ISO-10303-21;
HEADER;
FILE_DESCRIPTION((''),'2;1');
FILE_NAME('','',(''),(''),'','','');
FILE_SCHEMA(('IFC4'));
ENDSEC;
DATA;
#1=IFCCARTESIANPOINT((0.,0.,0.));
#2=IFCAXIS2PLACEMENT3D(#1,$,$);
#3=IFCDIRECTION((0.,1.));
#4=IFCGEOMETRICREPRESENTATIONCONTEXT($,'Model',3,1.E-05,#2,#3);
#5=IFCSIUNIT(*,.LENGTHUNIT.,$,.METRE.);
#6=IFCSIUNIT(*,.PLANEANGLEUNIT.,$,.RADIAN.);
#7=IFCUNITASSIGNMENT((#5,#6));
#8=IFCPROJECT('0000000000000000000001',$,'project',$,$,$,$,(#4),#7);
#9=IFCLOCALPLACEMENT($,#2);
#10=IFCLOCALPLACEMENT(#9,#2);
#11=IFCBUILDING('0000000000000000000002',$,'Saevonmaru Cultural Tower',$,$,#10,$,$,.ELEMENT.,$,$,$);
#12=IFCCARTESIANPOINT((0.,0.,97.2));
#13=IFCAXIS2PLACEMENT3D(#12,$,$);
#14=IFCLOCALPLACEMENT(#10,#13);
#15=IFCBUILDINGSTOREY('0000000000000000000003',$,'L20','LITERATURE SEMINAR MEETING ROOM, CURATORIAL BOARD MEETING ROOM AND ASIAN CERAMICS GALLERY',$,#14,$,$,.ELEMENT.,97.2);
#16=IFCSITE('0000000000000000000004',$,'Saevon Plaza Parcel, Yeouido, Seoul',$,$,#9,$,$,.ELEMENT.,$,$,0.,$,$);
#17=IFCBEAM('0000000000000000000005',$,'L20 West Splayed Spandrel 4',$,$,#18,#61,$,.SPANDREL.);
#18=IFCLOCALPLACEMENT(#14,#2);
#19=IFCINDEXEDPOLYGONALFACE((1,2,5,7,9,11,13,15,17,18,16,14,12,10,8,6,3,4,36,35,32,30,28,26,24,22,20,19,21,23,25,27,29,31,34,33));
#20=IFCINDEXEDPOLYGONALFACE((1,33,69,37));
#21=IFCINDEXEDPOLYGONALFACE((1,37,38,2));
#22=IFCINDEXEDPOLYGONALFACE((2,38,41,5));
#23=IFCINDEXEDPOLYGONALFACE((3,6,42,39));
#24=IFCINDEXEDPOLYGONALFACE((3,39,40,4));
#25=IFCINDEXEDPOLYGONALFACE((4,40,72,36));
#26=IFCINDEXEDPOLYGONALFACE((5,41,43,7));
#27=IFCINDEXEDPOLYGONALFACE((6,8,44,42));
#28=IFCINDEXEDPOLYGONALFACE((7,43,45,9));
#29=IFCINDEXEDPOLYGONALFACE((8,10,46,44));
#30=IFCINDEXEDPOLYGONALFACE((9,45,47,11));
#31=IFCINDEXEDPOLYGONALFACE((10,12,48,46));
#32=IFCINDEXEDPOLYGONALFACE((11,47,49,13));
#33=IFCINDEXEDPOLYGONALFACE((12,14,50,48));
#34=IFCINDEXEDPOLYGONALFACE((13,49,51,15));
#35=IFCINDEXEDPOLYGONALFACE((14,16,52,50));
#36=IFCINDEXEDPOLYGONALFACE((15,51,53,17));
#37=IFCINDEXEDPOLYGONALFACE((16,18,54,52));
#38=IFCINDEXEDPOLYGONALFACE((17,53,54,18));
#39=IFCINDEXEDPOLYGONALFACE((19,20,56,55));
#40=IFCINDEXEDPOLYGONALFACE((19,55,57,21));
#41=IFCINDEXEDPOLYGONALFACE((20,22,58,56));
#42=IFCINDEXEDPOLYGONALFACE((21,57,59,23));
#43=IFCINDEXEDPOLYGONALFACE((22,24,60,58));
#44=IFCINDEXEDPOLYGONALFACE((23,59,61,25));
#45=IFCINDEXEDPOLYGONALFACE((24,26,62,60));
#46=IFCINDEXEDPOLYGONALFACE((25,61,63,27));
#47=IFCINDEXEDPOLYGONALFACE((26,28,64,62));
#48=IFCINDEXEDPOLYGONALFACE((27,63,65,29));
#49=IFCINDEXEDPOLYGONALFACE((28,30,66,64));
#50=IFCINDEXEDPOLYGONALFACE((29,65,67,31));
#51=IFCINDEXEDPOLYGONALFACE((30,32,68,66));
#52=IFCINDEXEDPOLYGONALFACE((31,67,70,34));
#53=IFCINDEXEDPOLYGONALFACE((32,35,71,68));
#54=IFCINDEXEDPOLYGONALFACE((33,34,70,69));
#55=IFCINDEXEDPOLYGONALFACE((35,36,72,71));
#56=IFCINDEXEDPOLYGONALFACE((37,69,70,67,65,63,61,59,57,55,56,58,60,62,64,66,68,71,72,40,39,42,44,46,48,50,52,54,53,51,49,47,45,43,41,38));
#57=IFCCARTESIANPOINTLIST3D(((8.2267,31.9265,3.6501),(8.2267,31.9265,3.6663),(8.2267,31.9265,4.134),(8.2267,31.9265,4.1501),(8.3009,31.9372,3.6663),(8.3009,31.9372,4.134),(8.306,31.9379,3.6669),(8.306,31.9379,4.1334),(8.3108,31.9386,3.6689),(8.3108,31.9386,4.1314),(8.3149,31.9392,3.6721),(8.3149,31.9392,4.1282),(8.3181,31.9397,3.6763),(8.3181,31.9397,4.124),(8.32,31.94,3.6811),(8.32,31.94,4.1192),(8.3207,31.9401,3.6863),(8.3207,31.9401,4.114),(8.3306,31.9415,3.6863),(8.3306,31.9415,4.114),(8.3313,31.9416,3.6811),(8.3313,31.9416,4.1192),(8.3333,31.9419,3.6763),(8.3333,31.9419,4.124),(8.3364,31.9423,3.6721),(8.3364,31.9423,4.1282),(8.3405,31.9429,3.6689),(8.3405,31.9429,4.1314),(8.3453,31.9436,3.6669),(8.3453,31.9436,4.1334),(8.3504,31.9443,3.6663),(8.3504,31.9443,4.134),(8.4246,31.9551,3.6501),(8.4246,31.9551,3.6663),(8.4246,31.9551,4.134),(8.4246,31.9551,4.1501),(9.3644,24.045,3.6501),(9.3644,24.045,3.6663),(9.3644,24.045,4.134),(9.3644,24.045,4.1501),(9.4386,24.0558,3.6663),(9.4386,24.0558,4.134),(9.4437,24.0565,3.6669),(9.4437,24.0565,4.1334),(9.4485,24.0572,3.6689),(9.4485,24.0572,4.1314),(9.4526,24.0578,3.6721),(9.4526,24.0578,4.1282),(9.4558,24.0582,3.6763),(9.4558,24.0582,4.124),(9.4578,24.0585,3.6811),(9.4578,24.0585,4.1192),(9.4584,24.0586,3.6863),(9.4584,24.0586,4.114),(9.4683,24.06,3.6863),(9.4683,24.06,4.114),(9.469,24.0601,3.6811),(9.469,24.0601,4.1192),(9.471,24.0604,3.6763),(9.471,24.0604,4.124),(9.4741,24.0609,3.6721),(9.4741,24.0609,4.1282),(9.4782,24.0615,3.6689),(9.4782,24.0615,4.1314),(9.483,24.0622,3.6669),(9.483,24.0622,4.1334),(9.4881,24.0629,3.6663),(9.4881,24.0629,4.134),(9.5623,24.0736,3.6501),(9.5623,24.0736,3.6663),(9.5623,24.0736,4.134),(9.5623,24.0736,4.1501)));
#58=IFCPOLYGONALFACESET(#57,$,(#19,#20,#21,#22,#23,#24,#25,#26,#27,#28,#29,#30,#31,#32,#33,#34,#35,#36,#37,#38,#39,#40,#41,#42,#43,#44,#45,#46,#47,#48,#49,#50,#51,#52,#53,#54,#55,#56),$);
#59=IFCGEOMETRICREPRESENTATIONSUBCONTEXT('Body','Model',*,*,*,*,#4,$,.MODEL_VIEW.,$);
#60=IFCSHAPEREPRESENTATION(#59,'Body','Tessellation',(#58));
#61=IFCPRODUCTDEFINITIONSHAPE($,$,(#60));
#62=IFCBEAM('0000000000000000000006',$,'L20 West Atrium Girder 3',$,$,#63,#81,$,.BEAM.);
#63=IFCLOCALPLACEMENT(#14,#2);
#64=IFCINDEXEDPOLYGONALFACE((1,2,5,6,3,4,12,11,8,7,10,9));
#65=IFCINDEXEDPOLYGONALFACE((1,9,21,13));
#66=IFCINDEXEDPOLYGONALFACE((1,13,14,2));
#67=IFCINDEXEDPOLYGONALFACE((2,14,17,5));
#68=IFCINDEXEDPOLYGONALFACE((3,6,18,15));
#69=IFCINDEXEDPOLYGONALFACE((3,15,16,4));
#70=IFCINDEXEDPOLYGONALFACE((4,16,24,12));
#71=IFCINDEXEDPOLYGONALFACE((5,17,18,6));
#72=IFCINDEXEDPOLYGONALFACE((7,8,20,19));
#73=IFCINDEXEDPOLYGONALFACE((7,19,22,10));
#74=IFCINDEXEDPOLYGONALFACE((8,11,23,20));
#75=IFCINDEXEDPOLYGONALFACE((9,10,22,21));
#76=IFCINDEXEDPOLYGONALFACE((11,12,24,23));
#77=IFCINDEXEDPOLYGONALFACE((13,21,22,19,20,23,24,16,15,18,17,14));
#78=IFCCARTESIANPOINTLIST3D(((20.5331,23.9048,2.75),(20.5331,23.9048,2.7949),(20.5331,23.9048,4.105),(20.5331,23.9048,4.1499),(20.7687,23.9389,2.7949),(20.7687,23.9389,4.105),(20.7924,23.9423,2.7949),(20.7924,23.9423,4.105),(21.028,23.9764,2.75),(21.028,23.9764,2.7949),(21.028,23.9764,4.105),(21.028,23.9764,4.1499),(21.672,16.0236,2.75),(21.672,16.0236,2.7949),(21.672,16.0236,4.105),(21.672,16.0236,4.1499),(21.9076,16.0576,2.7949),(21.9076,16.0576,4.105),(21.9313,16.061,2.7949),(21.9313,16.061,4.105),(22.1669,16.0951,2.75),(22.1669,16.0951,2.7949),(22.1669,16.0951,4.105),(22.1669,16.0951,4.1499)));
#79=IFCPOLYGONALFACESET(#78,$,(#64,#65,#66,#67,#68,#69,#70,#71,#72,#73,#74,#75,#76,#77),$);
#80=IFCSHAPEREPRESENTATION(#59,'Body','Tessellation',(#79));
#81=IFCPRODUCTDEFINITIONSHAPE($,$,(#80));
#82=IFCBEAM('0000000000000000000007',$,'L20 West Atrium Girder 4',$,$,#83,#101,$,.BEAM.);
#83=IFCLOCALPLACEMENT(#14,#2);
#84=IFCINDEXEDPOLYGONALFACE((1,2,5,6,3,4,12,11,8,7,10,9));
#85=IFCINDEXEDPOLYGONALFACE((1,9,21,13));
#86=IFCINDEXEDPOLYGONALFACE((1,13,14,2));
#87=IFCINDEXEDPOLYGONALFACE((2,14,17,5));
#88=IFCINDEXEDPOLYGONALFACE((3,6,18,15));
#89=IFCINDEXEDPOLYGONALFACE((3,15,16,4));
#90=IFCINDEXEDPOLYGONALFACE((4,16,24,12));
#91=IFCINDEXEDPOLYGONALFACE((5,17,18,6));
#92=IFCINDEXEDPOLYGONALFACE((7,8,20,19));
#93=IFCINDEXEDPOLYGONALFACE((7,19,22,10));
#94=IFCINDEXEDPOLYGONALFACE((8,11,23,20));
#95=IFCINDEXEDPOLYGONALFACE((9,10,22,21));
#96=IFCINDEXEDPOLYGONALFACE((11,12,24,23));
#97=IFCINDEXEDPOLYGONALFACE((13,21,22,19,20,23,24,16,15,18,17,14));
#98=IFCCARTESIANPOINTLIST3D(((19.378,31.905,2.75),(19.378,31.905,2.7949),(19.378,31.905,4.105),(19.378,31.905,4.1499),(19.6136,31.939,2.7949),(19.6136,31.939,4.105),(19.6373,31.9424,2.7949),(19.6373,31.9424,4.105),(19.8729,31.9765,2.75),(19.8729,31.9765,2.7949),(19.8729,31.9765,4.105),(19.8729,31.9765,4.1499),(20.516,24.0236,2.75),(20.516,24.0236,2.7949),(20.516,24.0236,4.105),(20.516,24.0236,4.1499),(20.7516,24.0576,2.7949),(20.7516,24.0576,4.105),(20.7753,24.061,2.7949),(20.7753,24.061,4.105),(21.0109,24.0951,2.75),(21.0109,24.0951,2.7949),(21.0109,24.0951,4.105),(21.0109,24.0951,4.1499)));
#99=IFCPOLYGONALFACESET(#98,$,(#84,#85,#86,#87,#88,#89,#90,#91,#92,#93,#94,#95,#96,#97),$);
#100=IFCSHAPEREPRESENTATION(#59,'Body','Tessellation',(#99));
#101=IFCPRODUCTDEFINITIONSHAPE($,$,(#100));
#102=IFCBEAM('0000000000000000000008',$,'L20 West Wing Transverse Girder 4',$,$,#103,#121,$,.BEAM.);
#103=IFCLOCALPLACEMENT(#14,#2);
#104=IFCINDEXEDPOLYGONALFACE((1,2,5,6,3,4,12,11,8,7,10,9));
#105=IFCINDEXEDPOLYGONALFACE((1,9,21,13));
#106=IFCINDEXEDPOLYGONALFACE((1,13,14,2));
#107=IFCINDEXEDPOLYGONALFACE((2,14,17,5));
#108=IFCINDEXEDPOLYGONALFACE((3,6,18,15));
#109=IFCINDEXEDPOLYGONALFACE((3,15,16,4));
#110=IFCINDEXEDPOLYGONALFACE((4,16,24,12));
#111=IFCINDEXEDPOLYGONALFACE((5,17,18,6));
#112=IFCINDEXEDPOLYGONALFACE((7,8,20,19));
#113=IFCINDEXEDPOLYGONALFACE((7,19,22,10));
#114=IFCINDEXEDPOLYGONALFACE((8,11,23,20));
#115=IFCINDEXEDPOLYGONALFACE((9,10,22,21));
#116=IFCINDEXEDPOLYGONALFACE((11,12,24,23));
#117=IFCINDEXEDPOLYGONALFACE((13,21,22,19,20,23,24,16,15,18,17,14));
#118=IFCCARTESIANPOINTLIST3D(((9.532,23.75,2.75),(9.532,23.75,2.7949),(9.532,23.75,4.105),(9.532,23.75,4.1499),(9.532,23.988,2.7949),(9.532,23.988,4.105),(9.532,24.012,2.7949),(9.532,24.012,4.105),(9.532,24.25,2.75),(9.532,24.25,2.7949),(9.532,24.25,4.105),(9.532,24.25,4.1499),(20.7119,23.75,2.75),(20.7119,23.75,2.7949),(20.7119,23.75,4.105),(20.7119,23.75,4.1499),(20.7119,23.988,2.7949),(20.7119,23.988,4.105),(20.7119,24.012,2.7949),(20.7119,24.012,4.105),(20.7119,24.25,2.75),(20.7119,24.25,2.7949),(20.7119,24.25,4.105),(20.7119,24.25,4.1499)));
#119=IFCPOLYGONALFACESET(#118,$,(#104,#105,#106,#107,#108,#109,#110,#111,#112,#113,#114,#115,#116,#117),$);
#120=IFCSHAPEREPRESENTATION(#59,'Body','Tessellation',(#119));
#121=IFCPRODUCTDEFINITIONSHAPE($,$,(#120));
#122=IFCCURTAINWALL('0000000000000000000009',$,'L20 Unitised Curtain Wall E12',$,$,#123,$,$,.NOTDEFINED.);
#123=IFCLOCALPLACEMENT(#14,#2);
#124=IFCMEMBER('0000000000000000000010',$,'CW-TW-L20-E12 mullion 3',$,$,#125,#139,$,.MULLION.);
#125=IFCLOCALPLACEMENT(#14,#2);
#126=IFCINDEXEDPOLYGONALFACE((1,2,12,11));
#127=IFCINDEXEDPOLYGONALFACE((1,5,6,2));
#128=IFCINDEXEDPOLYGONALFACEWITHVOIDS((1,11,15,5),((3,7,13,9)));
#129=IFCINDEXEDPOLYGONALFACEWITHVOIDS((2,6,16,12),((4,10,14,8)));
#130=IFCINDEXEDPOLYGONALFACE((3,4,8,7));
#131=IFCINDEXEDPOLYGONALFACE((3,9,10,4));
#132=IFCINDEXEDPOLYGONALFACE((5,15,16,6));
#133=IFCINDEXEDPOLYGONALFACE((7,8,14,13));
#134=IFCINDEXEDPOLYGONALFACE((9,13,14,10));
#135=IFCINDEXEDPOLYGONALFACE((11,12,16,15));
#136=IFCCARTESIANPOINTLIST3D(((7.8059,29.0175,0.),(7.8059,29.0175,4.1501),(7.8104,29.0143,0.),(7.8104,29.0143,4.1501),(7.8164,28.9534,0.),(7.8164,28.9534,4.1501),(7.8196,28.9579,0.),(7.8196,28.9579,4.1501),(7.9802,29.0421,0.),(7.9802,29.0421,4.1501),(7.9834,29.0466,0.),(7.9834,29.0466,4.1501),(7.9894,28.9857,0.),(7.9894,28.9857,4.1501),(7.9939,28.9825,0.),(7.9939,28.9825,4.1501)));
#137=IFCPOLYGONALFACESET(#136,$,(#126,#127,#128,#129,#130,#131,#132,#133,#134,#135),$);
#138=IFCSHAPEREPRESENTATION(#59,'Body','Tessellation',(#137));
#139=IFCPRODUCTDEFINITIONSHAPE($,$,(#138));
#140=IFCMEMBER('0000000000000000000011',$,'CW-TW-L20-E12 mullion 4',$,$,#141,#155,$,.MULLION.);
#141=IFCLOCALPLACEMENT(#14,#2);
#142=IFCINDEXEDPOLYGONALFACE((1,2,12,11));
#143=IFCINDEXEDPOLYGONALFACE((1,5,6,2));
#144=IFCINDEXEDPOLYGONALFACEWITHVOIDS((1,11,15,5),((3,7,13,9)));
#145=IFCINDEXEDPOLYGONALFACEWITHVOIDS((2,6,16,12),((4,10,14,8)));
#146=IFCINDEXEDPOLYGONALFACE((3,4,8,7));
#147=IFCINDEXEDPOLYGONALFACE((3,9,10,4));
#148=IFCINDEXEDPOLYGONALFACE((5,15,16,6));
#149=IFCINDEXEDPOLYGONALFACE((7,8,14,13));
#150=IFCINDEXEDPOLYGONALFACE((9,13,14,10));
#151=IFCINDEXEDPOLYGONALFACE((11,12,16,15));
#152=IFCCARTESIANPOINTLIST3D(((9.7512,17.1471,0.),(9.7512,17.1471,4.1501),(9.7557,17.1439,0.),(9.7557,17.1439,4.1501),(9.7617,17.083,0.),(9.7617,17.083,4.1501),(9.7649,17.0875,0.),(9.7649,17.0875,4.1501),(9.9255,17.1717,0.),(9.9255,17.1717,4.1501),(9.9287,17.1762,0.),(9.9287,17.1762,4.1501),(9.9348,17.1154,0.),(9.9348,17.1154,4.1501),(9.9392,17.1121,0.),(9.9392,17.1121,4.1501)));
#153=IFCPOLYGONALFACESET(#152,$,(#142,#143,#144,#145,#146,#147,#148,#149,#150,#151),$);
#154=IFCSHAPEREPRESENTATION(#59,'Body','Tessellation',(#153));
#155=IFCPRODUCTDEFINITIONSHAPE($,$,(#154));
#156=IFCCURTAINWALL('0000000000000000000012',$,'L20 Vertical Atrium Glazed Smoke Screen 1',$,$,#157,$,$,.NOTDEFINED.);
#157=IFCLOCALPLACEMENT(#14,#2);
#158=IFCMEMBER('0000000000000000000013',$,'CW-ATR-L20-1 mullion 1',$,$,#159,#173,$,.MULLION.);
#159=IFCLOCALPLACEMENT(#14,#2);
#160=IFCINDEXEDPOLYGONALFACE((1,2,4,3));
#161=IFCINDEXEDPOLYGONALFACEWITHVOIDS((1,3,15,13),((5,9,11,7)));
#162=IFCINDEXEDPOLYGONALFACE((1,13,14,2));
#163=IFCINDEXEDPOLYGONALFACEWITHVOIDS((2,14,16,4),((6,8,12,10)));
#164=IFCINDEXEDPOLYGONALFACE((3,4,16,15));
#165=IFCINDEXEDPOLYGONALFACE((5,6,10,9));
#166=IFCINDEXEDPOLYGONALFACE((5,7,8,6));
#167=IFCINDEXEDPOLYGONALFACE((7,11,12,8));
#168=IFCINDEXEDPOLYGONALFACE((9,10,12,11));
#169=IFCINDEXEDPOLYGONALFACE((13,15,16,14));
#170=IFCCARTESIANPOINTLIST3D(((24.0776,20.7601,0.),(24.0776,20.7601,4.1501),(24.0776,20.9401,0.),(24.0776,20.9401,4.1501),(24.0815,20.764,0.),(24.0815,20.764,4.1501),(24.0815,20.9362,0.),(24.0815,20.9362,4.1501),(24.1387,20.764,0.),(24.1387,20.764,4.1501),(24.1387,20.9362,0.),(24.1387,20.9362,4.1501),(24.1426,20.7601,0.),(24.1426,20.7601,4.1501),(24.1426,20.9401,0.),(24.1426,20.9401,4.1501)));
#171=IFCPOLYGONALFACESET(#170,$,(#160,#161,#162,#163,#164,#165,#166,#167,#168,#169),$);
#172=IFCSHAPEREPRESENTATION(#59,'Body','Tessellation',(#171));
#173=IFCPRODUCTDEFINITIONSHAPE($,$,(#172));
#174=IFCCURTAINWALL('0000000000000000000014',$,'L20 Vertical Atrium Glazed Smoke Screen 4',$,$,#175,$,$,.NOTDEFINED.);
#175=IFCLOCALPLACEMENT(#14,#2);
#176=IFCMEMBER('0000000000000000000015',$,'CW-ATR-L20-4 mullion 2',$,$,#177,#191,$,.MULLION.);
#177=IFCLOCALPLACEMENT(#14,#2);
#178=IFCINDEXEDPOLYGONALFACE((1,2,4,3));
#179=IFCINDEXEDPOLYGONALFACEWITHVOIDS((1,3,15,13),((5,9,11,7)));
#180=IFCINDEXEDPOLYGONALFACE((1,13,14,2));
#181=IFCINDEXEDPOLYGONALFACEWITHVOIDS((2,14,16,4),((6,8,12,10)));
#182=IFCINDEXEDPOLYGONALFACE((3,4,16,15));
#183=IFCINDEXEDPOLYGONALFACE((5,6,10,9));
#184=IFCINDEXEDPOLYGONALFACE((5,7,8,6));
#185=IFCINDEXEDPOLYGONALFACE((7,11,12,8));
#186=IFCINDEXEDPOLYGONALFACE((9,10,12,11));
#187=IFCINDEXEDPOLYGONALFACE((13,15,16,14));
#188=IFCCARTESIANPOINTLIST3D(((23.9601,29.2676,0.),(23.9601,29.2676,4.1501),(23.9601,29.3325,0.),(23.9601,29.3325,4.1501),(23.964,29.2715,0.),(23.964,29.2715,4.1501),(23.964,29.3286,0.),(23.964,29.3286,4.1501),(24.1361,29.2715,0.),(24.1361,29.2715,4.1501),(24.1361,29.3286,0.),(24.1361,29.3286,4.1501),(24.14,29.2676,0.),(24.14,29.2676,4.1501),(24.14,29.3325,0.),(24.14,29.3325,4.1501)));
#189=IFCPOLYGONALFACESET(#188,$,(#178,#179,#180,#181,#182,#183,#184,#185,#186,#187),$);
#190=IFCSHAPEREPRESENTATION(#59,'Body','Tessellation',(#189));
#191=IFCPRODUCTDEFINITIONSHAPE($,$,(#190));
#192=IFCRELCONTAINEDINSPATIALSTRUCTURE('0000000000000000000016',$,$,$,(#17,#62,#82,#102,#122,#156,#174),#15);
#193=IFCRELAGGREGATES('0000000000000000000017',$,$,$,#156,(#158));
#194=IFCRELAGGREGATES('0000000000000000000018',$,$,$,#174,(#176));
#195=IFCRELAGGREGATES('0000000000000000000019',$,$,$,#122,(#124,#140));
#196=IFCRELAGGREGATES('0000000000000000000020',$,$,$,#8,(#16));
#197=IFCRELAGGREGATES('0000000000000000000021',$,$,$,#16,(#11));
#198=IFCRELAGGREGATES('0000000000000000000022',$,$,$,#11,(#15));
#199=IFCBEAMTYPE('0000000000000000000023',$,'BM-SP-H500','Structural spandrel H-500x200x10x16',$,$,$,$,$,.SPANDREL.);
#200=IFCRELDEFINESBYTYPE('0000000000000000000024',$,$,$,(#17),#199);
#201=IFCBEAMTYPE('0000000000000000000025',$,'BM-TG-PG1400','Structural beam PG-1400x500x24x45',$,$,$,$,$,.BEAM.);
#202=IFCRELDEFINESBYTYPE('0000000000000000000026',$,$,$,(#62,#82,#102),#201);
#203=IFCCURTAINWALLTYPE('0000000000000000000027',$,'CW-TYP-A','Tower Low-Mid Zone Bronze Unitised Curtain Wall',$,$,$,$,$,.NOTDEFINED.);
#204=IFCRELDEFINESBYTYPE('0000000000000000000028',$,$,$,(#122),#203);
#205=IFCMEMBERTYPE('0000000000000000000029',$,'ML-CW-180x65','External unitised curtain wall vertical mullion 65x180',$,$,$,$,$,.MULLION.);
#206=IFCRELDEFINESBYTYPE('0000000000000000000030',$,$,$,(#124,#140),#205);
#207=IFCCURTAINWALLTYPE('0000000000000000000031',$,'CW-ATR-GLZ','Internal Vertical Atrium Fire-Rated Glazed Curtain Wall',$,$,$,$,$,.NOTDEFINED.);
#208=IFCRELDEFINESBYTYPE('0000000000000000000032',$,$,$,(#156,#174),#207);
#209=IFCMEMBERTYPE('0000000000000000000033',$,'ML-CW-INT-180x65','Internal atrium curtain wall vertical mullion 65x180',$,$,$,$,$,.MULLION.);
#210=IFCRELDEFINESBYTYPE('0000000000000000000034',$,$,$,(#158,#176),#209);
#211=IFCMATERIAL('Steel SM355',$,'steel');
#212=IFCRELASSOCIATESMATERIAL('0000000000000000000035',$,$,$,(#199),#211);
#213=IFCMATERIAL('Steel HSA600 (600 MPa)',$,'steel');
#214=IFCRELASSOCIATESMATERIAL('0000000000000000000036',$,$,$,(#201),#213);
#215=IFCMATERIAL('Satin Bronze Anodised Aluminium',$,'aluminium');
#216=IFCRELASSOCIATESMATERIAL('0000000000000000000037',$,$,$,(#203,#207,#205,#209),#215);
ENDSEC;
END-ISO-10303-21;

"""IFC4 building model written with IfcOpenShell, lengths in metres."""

from ifc_helpers import new_model, si_unit, direction, frame, origin, origin_2d, place, context, subcontext, project, spatial, hollow_rectangle, i_section, extrude, material, material_profile, profile_set, type_object, element, aggregate, save


model = new_model("IFC4")

# Units and contexts
model_context = context("Model", 3, precision=1e-05, world=origin(), true_north=direction((0.0, 1.0)))
body_context = subcontext(model_context, "Body", "Model", "MODEL_VIEW")
ifc_project = project(units=[si_unit("LENGTHUNIT", "METRE"), si_unit("PLANEANGLEUNIT", "RADIAN")], contexts=[model_context])

# Site, building, storey
site_placement = place(None, origin())
site = spatial("IfcSite", under=ifc_project, at=site_placement, Name="Saevon Plaza Parcel, Yeouido, Seoul", CompositionType="ELEMENT", RefElevation=0.0)
building_placement = place(site_placement, origin())
building = spatial("IfcBuilding", under=site, at=building_placement, Name="Saevonmaru Cultural Tower", CompositionType="ELEMENT")
storey_placement = place(building_placement, frame((0.0, 0.0, 97.2)))
storey = spatial("IfcBuildingStorey", under=building, at=storey_placement, Name="L20", Description="LITERATURE SEMINAR MEETING ROOM, CURATORIAL BOARD MEETING ROOM AND ASIAN CERAMICS GALLERY", CompositionType="ELEMENT", Elevation=97.2)

# Shared definitions
ifc_material_1 = material(Name="Steel HSA600 (600 MPa)", Category="steel")

# Beams
ifc_material_2 = material(Name="Steel SM355", Category="steel")
ifc_material_profile_1 = material_profile(ifc_material_2, i_section(OverallWidth=0.2, OverallDepth=0.5, WebThickness=0.01, FlangeThickness=0.0161, FilletRadius=0.02, at=origin_2d()), Name="H-500x200x10x16")
ifc_profile_set_1 = profile_set([ifc_material_profile_1], Name="Steel SM355")
beam_type_1 = type_object("IfcBeamType", Name="BM-SP-H500", Description="Structural spandrel H-500x200x10x16", PredefinedType="SPANDREL", material=ifc_profile_set_1)
for number, where, z_axis, x_axis, name in (
    (1, (9.4634, 24.0593, 3.9001), (-0.142872, 0.989741, 0.0), (-0.989741, -0.142872, 0.0), "L20 West Splayed Spandrel 4"),
):
    element("IfcBeam", number, at=place(storey_placement, frame(where, z_axis=z_axis, x_axis=x_axis)), inside=storey, type_object=beam_type_1, Name=name, PredefinedType="SPANDREL", context=body_context, shape_type="SweptSolid", body=[
        extrude(i_section(OverallWidth=0.2, OverallDepth=0.5, WebThickness=0.01, FlangeThickness=0.0161, FilletRadius=0.02, at=origin_2d()), origin(), (0.0, 0.0, 1.0), 7.9631),
    ])
ifc_material_profile_2 = material_profile(ifc_material_1, i_section(OverallWidth=0.5, OverallDepth=1.3999, WebThickness=0.0239, FlangeThickness=0.0449, at=origin_2d()), Name="PG-1400x500x24x45")
ifc_profile_set_2 = profile_set([ifc_material_profile_2], Name="Steel HSA600 (600 MPa)")
beam_type_2 = type_object("IfcBeamType", Name="BM-TG-PG1400", Description="Structural beam PG-1400x500x24x45", PredefinedType="BEAM", material=ifc_profile_set_2)
for number, where, z_axis, x_axis, name in (
    (2, (21.9194, 16.0593, 3.45), (-0.143022, 0.989719, 0.0), (-0.989719, -0.143022, 0.0), "L20 West Atrium Girder 3"),
    (3, (20.7634, 24.0593, 3.45), (-0.142902, 0.989737, 0.0), (-0.989737, -0.142902, 0.0), "L20 West Atrium Girder 4"),
):
    element("IfcBeam", number, at=place(storey_placement, frame(where, z_axis=z_axis, x_axis=x_axis)), inside=storey, type_object=beam_type_2, Name=name, PredefinedType="BEAM", context=body_context, shape_type="SweptSolid", body=[
        extrude(i_section(OverallWidth=0.5, OverallDepth=1.3999, WebThickness=0.0239, FlangeThickness=0.0449, at=origin_2d()), origin(), (0.0, 0.0, 1.0), 7.9631),
    ])
beam_placement = place(storey_placement, frame((9.532, 24.0, 3.45), z_axis=(1.0, 0.0, 0.0), x_axis=(0.0, 1.0, 0.0)))
element("IfcBeam", 4, at=beam_placement, inside=storey, type_object=beam_type_2, Name="L20 West Wing Transverse Girder 4", PredefinedType="BEAM", context=body_context, shape_type="SweptSolid", body=[
    extrude(i_section(OverallWidth=0.5, OverallDepth=1.3999, WebThickness=0.0239, FlangeThickness=0.0449, at=origin_2d()), origin(), (0.0, 0.0, 1.0), 11.1799),
])

# Curtain wall, members
ifc_material_3 = material(Name="Satin Bronze Anodised Aluminium", Category="aluminium")
curtain_wall_type_1 = type_object("IfcCurtainWallType", Name="CW-TYP-A", Description="Tower Low-Mid Zone Bronze Unitised Curtain Wall", PredefinedType="NOTDEFINED", material=ifc_material_3)
curtain_wall_1_placement = place(storey_placement, origin())
curtain_wall_1 = element("IfcCurtainWall", 5, at=curtain_wall_1_placement, inside=storey, type_object=curtain_wall_type_1, Name="L20 Unitised Curtain Wall E12", PredefinedType="NOTDEFINED")
ifc_material_profile_3 = material_profile(ifc_material_3, hollow_rectangle(XDim=0.0649, YDim=0.1799, WallThickness=0.0039, at=origin_2d()), Name="ALU-MULL-180x65x4")
ifc_profile_set_3 = profile_set([ifc_material_profile_3], Name="Satin Bronze Anodised Aluminium")
member_type_1 = type_object("IfcMemberType", Name="ML-CW-180x65", Description="External unitised curtain wall vertical mullion 65x180", PredefinedType="MULLION", material=ifc_profile_set_3)
member_1_placement = place(storey_placement, frame((7.8999, 29.0, 0.0), z_axis=(0.0, 0.0, 1.0), x_axis=(0.161709, -0.986839, 0.0)))
member_1 = element("IfcMember", 6, at=member_1_placement, type_object=member_type_1, Name="CW-TW-L20-E12 mullion 3", PredefinedType="MULLION", context=body_context, shape_type="SweptSolid", body=[
    extrude(hollow_rectangle(XDim=0.0649, YDim=0.1799, WallThickness=0.0039, at=origin_2d()), origin(), (0.0, 0.0, 1.0), 4.1501),
])
member_2_placement = place(storey_placement, frame((9.8452, 17.1296, 0.0), z_axis=(0.0, 0.0, 1.0), x_axis=(0.161709, -0.986839, 0.0)))
member_2 = element("IfcMember", 7, at=member_2_placement, type_object=member_type_1, Name="CW-TW-L20-E12 mullion 4", PredefinedType="MULLION", context=body_context, shape_type="SweptSolid", body=[
    extrude(hollow_rectangle(XDim=0.0649, YDim=0.1799, WallThickness=0.0039, at=origin_2d()), origin(), (0.0, 0.0, 1.0), 4.1501),
])

# Curtain wall, member
curtain_wall_type_2 = type_object("IfcCurtainWallType", Name="CW-ATR-GLZ", Description="Internal Vertical Atrium Fire-Rated Glazed Curtain Wall", PredefinedType="NOTDEFINED", material=ifc_material_3)
curtain_wall_2_placement = place(storey_placement, origin())
curtain_wall_2 = element("IfcCurtainWall", 8, at=curtain_wall_2_placement, inside=storey, type_object=curtain_wall_type_2, Name="L20 Vertical Atrium Glazed Smoke Screen 1", PredefinedType="NOTDEFINED")
ifc_material_profile_4 = material_profile(ifc_material_3, hollow_rectangle(XDim=0.0649, YDim=0.1799, WallThickness=0.0039, at=origin_2d()), Name="ALU-MULL-180x65x4")
ifc_profile_set_4 = profile_set([ifc_material_profile_4], Name="Satin Bronze Anodised Aluminium")
member_type_2 = type_object("IfcMemberType", Name="ML-CW-INT-180x65", Description="Internal atrium curtain wall vertical mullion 65x180", PredefinedType="MULLION", material=ifc_profile_set_4)
member_3_placement = place(storey_placement, frame((24.1101, 20.8501, 0.0), z_axis=(0.0, 0.0, 1.0), x_axis=(1.0, 0.0, 0.0)))
member_3 = element("IfcMember", 9, at=member_3_placement, type_object=member_type_2, Name="CW-ATR-L20-1 mullion 1", PredefinedType="MULLION", context=body_context, shape_type="SweptSolid", body=[
    extrude(hollow_rectangle(XDim=0.0649, YDim=0.1799, WallThickness=0.0039, at=origin_2d()), origin(), (0.0, 0.0, 1.0), 4.1501),
])
aggregate(curtain_wall_2, [member_3])

# Curtain wall, member
curtain_wall_3_placement = place(storey_placement, origin())
curtain_wall_3 = element("IfcCurtainWall", 10, at=curtain_wall_3_placement, inside=storey, type_object=curtain_wall_type_2, Name="L20 Vertical Atrium Glazed Smoke Screen 4", PredefinedType="NOTDEFINED")
member_4_placement = place(storey_placement, frame((24.05, 29.3, 0.0), z_axis=(0.0, 0.0, 1.0), x_axis=(0.0, -1.0, 0.0)))
member_4 = element("IfcMember", 11, at=member_4_placement, type_object=member_type_2, Name="CW-ATR-L20-4 mullion 2", PredefinedType="MULLION", context=body_context, shape_type="SweptSolid", body=[
    extrude(hollow_rectangle(XDim=0.0649, YDim=0.1799, WallThickness=0.0039, at=origin_2d()), origin(), (0.0, 0.0, 1.0), 4.1501),
])

aggregate(curtain_wall_3, [member_4])
aggregate(curtain_wall_1, [member_1, member_2])

save(model, "model.ifc")
